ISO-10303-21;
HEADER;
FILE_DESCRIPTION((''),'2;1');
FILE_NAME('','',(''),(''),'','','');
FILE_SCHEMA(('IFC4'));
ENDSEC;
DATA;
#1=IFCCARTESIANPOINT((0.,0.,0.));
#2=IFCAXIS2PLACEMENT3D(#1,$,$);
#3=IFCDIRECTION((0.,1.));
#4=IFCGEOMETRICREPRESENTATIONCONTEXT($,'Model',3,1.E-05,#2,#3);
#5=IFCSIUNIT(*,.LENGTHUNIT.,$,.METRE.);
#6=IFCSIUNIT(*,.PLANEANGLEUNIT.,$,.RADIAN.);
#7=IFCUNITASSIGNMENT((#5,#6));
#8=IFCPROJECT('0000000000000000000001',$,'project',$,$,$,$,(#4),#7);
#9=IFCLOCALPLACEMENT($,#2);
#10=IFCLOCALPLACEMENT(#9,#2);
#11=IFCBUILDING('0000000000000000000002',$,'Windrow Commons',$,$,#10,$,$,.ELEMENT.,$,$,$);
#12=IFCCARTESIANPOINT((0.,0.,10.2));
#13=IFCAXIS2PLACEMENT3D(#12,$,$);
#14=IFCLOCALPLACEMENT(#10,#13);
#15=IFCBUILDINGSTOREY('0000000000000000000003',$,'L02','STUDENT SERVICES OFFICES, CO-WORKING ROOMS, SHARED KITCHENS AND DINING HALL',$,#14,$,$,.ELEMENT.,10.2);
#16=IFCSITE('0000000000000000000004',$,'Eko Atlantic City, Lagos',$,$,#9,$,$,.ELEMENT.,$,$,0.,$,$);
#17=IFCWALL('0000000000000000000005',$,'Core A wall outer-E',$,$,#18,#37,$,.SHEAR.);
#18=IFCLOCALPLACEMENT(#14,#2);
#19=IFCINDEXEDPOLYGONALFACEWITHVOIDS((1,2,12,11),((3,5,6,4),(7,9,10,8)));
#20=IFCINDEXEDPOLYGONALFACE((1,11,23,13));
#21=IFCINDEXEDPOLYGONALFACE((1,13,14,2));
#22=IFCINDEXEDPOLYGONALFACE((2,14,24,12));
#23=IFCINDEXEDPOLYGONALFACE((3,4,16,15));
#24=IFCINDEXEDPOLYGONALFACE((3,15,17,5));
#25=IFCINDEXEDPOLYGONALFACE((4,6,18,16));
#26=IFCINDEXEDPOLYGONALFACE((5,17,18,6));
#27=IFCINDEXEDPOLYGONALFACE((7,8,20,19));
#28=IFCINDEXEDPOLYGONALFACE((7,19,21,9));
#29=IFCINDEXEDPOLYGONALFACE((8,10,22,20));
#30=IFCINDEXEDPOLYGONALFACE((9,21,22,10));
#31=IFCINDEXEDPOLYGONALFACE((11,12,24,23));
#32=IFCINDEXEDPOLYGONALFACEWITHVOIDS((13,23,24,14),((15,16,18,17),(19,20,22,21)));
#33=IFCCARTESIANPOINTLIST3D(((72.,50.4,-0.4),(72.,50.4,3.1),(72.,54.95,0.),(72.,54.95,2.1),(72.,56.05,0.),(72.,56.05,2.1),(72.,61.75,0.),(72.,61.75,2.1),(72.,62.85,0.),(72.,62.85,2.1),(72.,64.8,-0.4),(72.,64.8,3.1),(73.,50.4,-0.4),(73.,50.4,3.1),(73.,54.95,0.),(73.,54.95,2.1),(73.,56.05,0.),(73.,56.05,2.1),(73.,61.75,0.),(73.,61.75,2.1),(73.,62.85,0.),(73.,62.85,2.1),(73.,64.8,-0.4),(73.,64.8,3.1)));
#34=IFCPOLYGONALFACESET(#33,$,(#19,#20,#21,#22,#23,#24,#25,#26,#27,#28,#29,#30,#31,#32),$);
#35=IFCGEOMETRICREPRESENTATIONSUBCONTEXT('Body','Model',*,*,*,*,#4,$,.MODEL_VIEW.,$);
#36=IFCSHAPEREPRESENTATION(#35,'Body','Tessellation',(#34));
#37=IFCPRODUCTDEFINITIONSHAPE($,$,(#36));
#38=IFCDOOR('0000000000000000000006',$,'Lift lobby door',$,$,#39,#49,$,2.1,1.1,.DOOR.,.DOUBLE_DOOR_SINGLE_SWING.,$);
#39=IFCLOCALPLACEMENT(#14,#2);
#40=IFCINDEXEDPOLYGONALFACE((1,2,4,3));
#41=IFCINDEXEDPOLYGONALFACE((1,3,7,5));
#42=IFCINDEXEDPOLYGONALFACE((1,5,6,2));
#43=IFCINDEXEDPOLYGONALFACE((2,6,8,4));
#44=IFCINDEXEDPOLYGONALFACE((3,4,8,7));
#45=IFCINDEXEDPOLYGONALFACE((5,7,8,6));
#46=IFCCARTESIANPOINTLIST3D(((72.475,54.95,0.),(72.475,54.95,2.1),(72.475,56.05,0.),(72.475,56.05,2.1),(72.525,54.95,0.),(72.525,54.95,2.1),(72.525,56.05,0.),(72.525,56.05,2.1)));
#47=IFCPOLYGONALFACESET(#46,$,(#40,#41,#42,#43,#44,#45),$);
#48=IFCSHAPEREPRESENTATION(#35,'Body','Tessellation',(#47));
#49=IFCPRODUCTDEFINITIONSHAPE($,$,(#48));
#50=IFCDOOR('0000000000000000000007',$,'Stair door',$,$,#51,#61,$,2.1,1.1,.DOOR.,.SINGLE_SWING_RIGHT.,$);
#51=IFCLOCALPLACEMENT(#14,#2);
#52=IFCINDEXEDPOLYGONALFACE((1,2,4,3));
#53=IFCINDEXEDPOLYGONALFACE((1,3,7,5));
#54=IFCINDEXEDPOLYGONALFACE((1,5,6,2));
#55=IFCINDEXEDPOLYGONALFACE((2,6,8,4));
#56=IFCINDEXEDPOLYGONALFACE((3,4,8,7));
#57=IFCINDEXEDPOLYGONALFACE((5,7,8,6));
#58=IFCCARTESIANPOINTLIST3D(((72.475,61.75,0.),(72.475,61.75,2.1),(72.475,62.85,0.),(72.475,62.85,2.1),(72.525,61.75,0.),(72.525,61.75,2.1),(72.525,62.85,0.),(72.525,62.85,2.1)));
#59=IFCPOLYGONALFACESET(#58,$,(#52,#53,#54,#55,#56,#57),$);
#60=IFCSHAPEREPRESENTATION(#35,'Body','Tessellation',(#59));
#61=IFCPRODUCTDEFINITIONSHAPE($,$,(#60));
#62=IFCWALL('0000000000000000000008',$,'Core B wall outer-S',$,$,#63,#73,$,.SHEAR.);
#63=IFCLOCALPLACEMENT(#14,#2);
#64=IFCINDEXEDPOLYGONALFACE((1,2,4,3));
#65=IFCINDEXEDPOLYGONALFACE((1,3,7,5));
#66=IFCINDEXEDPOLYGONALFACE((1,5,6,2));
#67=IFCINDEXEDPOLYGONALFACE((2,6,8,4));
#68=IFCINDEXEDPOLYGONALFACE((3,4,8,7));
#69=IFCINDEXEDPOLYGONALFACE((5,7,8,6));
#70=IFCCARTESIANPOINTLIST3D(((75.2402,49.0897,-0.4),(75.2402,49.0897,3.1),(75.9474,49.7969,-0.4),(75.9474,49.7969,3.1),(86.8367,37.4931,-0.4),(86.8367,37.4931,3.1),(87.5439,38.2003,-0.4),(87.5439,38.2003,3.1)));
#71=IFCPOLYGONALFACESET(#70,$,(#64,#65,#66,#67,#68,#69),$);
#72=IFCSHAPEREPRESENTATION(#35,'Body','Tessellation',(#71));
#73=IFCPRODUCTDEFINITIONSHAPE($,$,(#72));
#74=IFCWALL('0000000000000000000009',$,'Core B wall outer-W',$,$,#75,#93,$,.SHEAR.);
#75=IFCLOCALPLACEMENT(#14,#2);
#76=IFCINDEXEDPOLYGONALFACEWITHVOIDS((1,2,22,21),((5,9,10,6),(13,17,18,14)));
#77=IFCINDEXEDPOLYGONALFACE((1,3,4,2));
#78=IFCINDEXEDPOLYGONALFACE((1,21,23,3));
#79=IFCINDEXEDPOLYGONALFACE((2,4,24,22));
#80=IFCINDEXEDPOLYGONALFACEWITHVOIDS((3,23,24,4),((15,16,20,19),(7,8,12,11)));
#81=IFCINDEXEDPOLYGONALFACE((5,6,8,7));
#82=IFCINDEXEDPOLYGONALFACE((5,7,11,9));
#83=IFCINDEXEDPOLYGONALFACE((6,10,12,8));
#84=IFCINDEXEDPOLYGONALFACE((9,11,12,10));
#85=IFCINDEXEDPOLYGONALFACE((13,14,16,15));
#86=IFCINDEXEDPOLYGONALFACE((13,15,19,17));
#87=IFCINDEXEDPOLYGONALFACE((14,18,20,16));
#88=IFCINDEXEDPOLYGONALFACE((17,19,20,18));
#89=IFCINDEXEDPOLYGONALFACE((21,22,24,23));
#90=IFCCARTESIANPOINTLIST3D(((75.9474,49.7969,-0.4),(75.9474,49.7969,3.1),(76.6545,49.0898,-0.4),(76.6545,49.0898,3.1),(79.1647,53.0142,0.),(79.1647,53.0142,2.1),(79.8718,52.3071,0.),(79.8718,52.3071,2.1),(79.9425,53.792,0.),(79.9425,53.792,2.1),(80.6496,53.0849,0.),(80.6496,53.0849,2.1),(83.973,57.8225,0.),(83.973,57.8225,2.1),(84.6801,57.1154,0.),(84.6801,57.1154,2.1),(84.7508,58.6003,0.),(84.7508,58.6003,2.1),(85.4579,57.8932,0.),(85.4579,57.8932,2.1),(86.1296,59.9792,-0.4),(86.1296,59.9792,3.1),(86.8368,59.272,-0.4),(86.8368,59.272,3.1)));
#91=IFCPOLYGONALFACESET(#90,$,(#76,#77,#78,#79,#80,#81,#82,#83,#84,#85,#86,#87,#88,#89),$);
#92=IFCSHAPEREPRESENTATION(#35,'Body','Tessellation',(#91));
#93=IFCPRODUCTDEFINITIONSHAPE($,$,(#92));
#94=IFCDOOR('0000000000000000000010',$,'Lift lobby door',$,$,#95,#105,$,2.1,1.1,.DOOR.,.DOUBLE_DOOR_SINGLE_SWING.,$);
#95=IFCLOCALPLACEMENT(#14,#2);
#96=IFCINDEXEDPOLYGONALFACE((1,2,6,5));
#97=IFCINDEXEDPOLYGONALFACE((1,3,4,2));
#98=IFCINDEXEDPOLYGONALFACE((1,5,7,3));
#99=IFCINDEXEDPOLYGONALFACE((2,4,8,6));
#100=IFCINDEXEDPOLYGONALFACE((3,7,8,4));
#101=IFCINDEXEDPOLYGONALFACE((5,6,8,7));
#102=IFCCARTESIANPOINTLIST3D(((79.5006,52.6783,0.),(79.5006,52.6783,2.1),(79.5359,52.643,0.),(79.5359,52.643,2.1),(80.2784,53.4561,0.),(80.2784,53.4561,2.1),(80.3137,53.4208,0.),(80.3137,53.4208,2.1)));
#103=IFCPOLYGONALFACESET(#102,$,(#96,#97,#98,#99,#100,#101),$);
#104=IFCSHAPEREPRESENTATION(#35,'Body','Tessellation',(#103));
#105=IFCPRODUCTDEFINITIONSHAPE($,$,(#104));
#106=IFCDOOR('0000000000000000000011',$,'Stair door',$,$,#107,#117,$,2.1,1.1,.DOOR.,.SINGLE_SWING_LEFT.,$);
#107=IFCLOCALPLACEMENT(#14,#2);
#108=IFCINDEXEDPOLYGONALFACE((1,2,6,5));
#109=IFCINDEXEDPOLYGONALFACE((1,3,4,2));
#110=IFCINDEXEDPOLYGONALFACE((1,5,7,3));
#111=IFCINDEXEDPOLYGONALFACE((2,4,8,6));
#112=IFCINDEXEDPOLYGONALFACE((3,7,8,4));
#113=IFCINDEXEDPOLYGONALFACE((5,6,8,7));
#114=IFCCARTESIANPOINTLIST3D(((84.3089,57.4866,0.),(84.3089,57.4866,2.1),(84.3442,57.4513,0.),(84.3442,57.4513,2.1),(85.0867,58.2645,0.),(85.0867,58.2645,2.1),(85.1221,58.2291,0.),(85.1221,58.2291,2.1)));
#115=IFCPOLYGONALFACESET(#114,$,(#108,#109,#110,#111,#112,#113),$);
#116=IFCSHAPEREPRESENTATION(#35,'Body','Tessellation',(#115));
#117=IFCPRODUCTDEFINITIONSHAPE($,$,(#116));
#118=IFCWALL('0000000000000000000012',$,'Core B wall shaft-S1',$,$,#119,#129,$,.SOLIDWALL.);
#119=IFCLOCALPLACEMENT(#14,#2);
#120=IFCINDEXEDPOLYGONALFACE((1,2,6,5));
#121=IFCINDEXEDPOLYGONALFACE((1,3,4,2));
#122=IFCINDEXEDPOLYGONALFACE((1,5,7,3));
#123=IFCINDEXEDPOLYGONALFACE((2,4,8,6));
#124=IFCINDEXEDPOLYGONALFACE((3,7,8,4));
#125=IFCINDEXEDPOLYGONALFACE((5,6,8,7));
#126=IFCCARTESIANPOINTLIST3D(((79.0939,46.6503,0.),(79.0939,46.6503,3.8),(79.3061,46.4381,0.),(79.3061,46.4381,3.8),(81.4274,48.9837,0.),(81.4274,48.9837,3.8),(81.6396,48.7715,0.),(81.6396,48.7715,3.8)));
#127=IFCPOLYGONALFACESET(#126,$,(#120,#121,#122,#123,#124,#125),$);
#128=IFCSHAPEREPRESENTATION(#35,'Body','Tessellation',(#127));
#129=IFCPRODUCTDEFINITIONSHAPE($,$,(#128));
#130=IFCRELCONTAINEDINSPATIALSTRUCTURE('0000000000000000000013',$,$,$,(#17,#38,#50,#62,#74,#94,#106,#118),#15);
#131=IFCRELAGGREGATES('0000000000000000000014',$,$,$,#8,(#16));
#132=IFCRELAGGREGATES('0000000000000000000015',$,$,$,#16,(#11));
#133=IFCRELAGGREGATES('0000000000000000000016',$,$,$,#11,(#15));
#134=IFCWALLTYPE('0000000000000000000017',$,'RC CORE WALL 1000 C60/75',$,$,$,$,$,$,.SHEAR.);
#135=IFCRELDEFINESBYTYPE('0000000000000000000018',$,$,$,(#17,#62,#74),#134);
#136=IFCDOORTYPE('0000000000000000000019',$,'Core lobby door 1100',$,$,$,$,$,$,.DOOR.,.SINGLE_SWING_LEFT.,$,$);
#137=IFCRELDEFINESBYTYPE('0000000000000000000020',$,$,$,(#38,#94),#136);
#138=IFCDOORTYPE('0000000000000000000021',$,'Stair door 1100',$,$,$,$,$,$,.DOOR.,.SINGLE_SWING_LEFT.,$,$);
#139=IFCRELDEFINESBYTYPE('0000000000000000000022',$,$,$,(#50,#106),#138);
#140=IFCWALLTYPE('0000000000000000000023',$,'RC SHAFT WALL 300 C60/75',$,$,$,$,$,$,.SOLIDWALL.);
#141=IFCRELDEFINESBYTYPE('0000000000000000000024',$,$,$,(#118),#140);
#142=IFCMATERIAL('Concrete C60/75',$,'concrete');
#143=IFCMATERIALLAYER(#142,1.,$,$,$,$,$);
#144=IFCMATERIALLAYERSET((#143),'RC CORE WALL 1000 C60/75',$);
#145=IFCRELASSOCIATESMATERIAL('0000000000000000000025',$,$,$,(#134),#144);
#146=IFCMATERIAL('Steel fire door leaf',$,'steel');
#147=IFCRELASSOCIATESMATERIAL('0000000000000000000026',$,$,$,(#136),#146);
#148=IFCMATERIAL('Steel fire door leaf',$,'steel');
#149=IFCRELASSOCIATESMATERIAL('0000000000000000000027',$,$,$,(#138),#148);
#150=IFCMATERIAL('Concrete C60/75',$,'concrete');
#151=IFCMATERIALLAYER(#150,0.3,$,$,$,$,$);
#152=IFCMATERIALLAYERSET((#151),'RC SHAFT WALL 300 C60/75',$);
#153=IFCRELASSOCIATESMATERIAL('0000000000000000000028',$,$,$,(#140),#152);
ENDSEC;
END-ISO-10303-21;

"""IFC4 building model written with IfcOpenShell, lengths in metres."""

from ifc_helpers import new_model, si_unit, direction, frame, frame_2d, origin, place, context, subcontext, project, spatial, rectangle, extrude, material, layer, layer_set, type_object, element, fill, save


model = new_model("IFC4")

# Units and contexts
model_context = context("Model", 3, precision=1e-05, world=origin(), true_north=direction((0.0, 1.0)))
body_context = subcontext(model_context, "Body", "Model", "MODEL_VIEW")
ifc_project = project(units=[si_unit("LENGTHUNIT", "METRE"), si_unit("PLANEANGLEUNIT", "RADIAN")], contexts=[model_context])

# Site, building, storey
site_placement = place(None, origin())
site = spatial("IfcSite", under=ifc_project, at=site_placement, Name="Eko Atlantic City, Lagos", CompositionType="ELEMENT", RefElevation=0.0)
building_placement = place(site_placement, origin())
building = spatial("IfcBuilding", under=site, at=building_placement, Name="Windrow Commons", CompositionType="ELEMENT")
storey_placement = place(building_placement, frame((0.0, 0.0, 10.2)))
storey = spatial("IfcBuildingStorey", under=building, at=storey_placement, Name="L02", Description="STUDENT SERVICES OFFICES, CO-WORKING ROOMS, SHARED KITCHENS AND DINING HALL", CompositionType="ELEMENT", Elevation=10.2)

# Wall, openings, doors
ifc_material_1 = material(Name="Concrete C60/75", Category="concrete")
ifc_layer_1 = layer(ifc_material_1, 1.0)
ifc_layer_set_1 = layer_set([ifc_layer_1], Name="RC CORE WALL 1000 C60/75")
wall_type_1 = type_object("IfcWallType", Name="RC CORE WALL 1000 C60/75", PredefinedType="SHEAR", material=ifc_layer_set_1)
wall_1_placement = place(storey_placement, frame((72.5, 50.4, -0.4), z_axis=(0.0, 0.0, 1.0), x_axis=(0.0, 1.0, 0.0)))
wall_1 = element("IfcWall", 1, at=wall_1_placement, inside=storey, type_object=wall_type_1, Name="Core A wall outer-E", PredefinedType="SHEAR", context=body_context, shape_type="SweptSolid", body=[
    extrude(rectangle(XDim=14.4, YDim=1.0, at=frame_2d((7.2, 0.0))), origin(), (0.0, 0.0, 1.0), 3.5),
])
opening_1_placement = place(wall_1_placement, frame((4.55, 0.0, 0.4)))
opening_1 = element("IfcOpeningElement", 2, at=opening_1_placement, cuts=wall_1, PredefinedType="OPENING", context=body_context, shape_type="SweptSolid", body=[
    extrude(rectangle(XDim=1.1, YDim=2.1, at=frame_2d((0.55, 1.05))), frame((0.0, 0.51, 0.0), z_axis=(0.0, -1.0, 0.0), x_axis=(1.0, 0.0, 0.0)), (0.0, 0.0, 1.0), 1.02),
])
opening_2_placement = place(wall_1_placement, frame((11.35, 0.0, 0.4)))
opening_2 = element("IfcOpeningElement", 3, at=opening_2_placement, cuts=wall_1, PredefinedType="OPENING", context=body_context, shape_type="SweptSolid", body=[
    extrude(rectangle(XDim=1.1, YDim=2.1, at=frame_2d((0.55, 1.05))), frame((0.0, 0.51, 0.0), z_axis=(0.0, -1.0, 0.0), x_axis=(1.0, 0.0, 0.0)), (0.0, 0.0, 1.0), 1.02),
])
ifc_material_2 = material(Name="Steel fire door leaf", Category="steel")
door_type_1 = type_object("IfcDoorType", Name="Core lobby door 1100", OperationType="SINGLE_SWING_LEFT", PredefinedType="DOOR", material=ifc_material_2)
door_1_placement = place(opening_1_placement, origin())
door_1 = element("IfcDoor", 4, at=door_1_placement, inside=storey, type_object=door_type_1, Name="Lift lobby door", OperationType="DOUBLE_DOOR_SINGLE_SWING", OverallHeight=2.1, OverallWidth=1.1, PredefinedType="DOOR", context=body_context, shape_type="SweptSolid", body=[
    extrude(rectangle(XDim=1.1, YDim=2.1, at=frame_2d((0.55, 1.05))), frame((0.0, 0.025, 0.0), z_axis=(0.0, -1.0, 0.0), x_axis=(1.0, 0.0, 0.0)), (0.0, 0.0, 1.0), 0.05),
])
fill(opening_1, door_1)
ifc_material_3 = material(Name="Steel fire door leaf", Category="steel")
door_type_2 = type_object("IfcDoorType", Name="Stair door 1100", OperationType="SINGLE_SWING_LEFT", PredefinedType="DOOR", material=ifc_material_3)
door_2_placement = place(opening_2_placement, origin())
door_2 = element("IfcDoor", 5, at=door_2_placement, inside=storey, type_object=door_type_2, Name="Stair door", OperationType="SINGLE_SWING_RIGHT", OverallHeight=2.1, OverallWidth=1.1, PredefinedType="DOOR", context=body_context, shape_type="SweptSolid", body=[
    extrude(rectangle(XDim=1.1, YDim=2.1, at=frame_2d((0.55, 1.05))), frame((0.0, 0.025, 0.0), z_axis=(0.0, -1.0, 0.0), x_axis=(1.0, 0.0, 0.0)), (0.0, 0.0, 1.0), 0.05),
])
fill(opening_2, door_2)

# Wall
wall_2_placement = place(storey_placement, frame((75.5938, 49.4433, -0.4), z_axis=(0.0, 0.0, 1.0), x_axis=(0.707104, -0.70711, 0.0)))
element("IfcWall", 6, at=wall_2_placement, inside=storey, type_object=wall_type_1, Name="Core B wall outer-S", PredefinedType="SHEAR", context=body_context, shape_type="SweptSolid", body=[
    extrude(rectangle(XDim=16.4, YDim=1.0, at=frame_2d((8.2, 0.0))), origin(), (0.0, 0.0, 1.0), 3.5),
])

# Wall, openings, doors
wall_3_placement = place(storey_placement, frame((76.3009, 49.4433, -0.4), z_axis=(0.0, 0.0, 1.0), x_axis=(0.707107, 0.707107, 0.0)))
wall_3 = element("IfcWall", 7, at=wall_3_placement, inside=storey, type_object=wall_type_1, Name="Core B wall outer-W", PredefinedType="SHEAR", context=body_context, shape_type="SweptSolid", body=[
    extrude(rectangle(XDim=14.3999, YDim=1.0, at=frame_2d((7.2, 0.0))), origin(), (0.0, 0.0, 1.0), 3.5),
])
opening_3_placement = place(wall_3_placement, frame((4.55, 0.0, 0.4)))
opening_3 = element("IfcOpeningElement", 8, at=opening_3_placement, cuts=wall_3, PredefinedType="OPENING", context=body_context, shape_type="SweptSolid", body=[
    extrude(rectangle(XDim=1.1, YDim=2.1, at=frame_2d((0.55, 1.05))), frame((0.0, 0.51, 0.0), z_axis=(0.0, -1.0, 0.0), x_axis=(1.0, 0.0, 0.0)), (0.0, 0.0, 1.0), 1.02),
])
opening_4_placement = place(wall_3_placement, frame((11.35, 0.0, 0.4)))
opening_4 = element("IfcOpeningElement", 9, at=opening_4_placement, cuts=wall_3, PredefinedType="OPENING", context=body_context, shape_type="SweptSolid", body=[
    extrude(rectangle(XDim=1.1, YDim=2.1, at=frame_2d((0.55, 1.05))), frame((0.0, 0.51, 0.0), z_axis=(0.0, -1.0, 0.0), x_axis=(1.0, 0.0, 0.0)), (0.0, 0.0, 1.0), 1.02),
])
door_3_placement = place(opening_3_placement, origin())
door_3 = element("IfcDoor", 10, at=door_3_placement, inside=storey, type_object=door_type_1, Name="Lift lobby door", OperationType="DOUBLE_DOOR_SINGLE_SWING", OverallHeight=2.1, OverallWidth=1.1, PredefinedType="DOOR", context=body_context, shape_type="SweptSolid", body=[
    extrude(rectangle(XDim=1.1, YDim=2.1, at=frame_2d((0.55, 1.05))), frame((0.0, 0.025, 0.0), z_axis=(0.0, -1.0, 0.0), x_axis=(1.0, 0.0, 0.0)), (0.0, 0.0, 1.0), 0.05),
])
fill(opening_3, door_3)
door_4_placement = place(opening_4_placement, origin())
door_4 = element("IfcDoor", 11, at=door_4_placement, inside=storey, type_object=door_type_2, Name="Stair door", OperationType="SINGLE_SWING_LEFT", OverallHeight=2.1, OverallWidth=1.1, PredefinedType="DOOR", context=body_context, shape_type="SweptSolid", body=[
    extrude(rectangle(XDim=1.1, YDim=2.1, at=frame_2d((0.55, 1.05))), frame((0.0, 0.025, 0.0), z_axis=(0.0, -1.0, 0.0), x_axis=(1.0, 0.0, 0.0)), (0.0, 0.0, 1.0), 0.05),
])
fill(opening_4, door_4)

# Wall
ifc_material_4 = material(Name="Concrete C60/75", Category="concrete")
ifc_layer_2 = layer(ifc_material_4, 0.3)
ifc_layer_set_2 = layer_set([ifc_layer_2], Name="RC SHAFT WALL 300 C60/75")
wall_type_2 = type_object("IfcWallType", Name="RC SHAFT WALL 300 C60/75", PredefinedType="SOLIDWALL", material=ifc_layer_set_2)
wall_4_placement = place(storey_placement, frame((79.2, 46.5442, 0.0), z_axis=(0.0, 0.0, 1.0), x_axis=(0.707122, 0.707092, 0.0)))
element("IfcWall", 12, at=wall_4_placement, inside=storey, type_object=wall_type_2, Name="Core B wall shaft-S1", PredefinedType="SOLIDWALL", context=body_context, shape_type="SweptSolid", body=[
    extrude(rectangle(XDim=3.3, YDim=0.3, at=frame_2d((1.65, 0.0))), origin(), (0.0, 0.0, 1.0), 3.8),
])

save(model, "model.ifc")
